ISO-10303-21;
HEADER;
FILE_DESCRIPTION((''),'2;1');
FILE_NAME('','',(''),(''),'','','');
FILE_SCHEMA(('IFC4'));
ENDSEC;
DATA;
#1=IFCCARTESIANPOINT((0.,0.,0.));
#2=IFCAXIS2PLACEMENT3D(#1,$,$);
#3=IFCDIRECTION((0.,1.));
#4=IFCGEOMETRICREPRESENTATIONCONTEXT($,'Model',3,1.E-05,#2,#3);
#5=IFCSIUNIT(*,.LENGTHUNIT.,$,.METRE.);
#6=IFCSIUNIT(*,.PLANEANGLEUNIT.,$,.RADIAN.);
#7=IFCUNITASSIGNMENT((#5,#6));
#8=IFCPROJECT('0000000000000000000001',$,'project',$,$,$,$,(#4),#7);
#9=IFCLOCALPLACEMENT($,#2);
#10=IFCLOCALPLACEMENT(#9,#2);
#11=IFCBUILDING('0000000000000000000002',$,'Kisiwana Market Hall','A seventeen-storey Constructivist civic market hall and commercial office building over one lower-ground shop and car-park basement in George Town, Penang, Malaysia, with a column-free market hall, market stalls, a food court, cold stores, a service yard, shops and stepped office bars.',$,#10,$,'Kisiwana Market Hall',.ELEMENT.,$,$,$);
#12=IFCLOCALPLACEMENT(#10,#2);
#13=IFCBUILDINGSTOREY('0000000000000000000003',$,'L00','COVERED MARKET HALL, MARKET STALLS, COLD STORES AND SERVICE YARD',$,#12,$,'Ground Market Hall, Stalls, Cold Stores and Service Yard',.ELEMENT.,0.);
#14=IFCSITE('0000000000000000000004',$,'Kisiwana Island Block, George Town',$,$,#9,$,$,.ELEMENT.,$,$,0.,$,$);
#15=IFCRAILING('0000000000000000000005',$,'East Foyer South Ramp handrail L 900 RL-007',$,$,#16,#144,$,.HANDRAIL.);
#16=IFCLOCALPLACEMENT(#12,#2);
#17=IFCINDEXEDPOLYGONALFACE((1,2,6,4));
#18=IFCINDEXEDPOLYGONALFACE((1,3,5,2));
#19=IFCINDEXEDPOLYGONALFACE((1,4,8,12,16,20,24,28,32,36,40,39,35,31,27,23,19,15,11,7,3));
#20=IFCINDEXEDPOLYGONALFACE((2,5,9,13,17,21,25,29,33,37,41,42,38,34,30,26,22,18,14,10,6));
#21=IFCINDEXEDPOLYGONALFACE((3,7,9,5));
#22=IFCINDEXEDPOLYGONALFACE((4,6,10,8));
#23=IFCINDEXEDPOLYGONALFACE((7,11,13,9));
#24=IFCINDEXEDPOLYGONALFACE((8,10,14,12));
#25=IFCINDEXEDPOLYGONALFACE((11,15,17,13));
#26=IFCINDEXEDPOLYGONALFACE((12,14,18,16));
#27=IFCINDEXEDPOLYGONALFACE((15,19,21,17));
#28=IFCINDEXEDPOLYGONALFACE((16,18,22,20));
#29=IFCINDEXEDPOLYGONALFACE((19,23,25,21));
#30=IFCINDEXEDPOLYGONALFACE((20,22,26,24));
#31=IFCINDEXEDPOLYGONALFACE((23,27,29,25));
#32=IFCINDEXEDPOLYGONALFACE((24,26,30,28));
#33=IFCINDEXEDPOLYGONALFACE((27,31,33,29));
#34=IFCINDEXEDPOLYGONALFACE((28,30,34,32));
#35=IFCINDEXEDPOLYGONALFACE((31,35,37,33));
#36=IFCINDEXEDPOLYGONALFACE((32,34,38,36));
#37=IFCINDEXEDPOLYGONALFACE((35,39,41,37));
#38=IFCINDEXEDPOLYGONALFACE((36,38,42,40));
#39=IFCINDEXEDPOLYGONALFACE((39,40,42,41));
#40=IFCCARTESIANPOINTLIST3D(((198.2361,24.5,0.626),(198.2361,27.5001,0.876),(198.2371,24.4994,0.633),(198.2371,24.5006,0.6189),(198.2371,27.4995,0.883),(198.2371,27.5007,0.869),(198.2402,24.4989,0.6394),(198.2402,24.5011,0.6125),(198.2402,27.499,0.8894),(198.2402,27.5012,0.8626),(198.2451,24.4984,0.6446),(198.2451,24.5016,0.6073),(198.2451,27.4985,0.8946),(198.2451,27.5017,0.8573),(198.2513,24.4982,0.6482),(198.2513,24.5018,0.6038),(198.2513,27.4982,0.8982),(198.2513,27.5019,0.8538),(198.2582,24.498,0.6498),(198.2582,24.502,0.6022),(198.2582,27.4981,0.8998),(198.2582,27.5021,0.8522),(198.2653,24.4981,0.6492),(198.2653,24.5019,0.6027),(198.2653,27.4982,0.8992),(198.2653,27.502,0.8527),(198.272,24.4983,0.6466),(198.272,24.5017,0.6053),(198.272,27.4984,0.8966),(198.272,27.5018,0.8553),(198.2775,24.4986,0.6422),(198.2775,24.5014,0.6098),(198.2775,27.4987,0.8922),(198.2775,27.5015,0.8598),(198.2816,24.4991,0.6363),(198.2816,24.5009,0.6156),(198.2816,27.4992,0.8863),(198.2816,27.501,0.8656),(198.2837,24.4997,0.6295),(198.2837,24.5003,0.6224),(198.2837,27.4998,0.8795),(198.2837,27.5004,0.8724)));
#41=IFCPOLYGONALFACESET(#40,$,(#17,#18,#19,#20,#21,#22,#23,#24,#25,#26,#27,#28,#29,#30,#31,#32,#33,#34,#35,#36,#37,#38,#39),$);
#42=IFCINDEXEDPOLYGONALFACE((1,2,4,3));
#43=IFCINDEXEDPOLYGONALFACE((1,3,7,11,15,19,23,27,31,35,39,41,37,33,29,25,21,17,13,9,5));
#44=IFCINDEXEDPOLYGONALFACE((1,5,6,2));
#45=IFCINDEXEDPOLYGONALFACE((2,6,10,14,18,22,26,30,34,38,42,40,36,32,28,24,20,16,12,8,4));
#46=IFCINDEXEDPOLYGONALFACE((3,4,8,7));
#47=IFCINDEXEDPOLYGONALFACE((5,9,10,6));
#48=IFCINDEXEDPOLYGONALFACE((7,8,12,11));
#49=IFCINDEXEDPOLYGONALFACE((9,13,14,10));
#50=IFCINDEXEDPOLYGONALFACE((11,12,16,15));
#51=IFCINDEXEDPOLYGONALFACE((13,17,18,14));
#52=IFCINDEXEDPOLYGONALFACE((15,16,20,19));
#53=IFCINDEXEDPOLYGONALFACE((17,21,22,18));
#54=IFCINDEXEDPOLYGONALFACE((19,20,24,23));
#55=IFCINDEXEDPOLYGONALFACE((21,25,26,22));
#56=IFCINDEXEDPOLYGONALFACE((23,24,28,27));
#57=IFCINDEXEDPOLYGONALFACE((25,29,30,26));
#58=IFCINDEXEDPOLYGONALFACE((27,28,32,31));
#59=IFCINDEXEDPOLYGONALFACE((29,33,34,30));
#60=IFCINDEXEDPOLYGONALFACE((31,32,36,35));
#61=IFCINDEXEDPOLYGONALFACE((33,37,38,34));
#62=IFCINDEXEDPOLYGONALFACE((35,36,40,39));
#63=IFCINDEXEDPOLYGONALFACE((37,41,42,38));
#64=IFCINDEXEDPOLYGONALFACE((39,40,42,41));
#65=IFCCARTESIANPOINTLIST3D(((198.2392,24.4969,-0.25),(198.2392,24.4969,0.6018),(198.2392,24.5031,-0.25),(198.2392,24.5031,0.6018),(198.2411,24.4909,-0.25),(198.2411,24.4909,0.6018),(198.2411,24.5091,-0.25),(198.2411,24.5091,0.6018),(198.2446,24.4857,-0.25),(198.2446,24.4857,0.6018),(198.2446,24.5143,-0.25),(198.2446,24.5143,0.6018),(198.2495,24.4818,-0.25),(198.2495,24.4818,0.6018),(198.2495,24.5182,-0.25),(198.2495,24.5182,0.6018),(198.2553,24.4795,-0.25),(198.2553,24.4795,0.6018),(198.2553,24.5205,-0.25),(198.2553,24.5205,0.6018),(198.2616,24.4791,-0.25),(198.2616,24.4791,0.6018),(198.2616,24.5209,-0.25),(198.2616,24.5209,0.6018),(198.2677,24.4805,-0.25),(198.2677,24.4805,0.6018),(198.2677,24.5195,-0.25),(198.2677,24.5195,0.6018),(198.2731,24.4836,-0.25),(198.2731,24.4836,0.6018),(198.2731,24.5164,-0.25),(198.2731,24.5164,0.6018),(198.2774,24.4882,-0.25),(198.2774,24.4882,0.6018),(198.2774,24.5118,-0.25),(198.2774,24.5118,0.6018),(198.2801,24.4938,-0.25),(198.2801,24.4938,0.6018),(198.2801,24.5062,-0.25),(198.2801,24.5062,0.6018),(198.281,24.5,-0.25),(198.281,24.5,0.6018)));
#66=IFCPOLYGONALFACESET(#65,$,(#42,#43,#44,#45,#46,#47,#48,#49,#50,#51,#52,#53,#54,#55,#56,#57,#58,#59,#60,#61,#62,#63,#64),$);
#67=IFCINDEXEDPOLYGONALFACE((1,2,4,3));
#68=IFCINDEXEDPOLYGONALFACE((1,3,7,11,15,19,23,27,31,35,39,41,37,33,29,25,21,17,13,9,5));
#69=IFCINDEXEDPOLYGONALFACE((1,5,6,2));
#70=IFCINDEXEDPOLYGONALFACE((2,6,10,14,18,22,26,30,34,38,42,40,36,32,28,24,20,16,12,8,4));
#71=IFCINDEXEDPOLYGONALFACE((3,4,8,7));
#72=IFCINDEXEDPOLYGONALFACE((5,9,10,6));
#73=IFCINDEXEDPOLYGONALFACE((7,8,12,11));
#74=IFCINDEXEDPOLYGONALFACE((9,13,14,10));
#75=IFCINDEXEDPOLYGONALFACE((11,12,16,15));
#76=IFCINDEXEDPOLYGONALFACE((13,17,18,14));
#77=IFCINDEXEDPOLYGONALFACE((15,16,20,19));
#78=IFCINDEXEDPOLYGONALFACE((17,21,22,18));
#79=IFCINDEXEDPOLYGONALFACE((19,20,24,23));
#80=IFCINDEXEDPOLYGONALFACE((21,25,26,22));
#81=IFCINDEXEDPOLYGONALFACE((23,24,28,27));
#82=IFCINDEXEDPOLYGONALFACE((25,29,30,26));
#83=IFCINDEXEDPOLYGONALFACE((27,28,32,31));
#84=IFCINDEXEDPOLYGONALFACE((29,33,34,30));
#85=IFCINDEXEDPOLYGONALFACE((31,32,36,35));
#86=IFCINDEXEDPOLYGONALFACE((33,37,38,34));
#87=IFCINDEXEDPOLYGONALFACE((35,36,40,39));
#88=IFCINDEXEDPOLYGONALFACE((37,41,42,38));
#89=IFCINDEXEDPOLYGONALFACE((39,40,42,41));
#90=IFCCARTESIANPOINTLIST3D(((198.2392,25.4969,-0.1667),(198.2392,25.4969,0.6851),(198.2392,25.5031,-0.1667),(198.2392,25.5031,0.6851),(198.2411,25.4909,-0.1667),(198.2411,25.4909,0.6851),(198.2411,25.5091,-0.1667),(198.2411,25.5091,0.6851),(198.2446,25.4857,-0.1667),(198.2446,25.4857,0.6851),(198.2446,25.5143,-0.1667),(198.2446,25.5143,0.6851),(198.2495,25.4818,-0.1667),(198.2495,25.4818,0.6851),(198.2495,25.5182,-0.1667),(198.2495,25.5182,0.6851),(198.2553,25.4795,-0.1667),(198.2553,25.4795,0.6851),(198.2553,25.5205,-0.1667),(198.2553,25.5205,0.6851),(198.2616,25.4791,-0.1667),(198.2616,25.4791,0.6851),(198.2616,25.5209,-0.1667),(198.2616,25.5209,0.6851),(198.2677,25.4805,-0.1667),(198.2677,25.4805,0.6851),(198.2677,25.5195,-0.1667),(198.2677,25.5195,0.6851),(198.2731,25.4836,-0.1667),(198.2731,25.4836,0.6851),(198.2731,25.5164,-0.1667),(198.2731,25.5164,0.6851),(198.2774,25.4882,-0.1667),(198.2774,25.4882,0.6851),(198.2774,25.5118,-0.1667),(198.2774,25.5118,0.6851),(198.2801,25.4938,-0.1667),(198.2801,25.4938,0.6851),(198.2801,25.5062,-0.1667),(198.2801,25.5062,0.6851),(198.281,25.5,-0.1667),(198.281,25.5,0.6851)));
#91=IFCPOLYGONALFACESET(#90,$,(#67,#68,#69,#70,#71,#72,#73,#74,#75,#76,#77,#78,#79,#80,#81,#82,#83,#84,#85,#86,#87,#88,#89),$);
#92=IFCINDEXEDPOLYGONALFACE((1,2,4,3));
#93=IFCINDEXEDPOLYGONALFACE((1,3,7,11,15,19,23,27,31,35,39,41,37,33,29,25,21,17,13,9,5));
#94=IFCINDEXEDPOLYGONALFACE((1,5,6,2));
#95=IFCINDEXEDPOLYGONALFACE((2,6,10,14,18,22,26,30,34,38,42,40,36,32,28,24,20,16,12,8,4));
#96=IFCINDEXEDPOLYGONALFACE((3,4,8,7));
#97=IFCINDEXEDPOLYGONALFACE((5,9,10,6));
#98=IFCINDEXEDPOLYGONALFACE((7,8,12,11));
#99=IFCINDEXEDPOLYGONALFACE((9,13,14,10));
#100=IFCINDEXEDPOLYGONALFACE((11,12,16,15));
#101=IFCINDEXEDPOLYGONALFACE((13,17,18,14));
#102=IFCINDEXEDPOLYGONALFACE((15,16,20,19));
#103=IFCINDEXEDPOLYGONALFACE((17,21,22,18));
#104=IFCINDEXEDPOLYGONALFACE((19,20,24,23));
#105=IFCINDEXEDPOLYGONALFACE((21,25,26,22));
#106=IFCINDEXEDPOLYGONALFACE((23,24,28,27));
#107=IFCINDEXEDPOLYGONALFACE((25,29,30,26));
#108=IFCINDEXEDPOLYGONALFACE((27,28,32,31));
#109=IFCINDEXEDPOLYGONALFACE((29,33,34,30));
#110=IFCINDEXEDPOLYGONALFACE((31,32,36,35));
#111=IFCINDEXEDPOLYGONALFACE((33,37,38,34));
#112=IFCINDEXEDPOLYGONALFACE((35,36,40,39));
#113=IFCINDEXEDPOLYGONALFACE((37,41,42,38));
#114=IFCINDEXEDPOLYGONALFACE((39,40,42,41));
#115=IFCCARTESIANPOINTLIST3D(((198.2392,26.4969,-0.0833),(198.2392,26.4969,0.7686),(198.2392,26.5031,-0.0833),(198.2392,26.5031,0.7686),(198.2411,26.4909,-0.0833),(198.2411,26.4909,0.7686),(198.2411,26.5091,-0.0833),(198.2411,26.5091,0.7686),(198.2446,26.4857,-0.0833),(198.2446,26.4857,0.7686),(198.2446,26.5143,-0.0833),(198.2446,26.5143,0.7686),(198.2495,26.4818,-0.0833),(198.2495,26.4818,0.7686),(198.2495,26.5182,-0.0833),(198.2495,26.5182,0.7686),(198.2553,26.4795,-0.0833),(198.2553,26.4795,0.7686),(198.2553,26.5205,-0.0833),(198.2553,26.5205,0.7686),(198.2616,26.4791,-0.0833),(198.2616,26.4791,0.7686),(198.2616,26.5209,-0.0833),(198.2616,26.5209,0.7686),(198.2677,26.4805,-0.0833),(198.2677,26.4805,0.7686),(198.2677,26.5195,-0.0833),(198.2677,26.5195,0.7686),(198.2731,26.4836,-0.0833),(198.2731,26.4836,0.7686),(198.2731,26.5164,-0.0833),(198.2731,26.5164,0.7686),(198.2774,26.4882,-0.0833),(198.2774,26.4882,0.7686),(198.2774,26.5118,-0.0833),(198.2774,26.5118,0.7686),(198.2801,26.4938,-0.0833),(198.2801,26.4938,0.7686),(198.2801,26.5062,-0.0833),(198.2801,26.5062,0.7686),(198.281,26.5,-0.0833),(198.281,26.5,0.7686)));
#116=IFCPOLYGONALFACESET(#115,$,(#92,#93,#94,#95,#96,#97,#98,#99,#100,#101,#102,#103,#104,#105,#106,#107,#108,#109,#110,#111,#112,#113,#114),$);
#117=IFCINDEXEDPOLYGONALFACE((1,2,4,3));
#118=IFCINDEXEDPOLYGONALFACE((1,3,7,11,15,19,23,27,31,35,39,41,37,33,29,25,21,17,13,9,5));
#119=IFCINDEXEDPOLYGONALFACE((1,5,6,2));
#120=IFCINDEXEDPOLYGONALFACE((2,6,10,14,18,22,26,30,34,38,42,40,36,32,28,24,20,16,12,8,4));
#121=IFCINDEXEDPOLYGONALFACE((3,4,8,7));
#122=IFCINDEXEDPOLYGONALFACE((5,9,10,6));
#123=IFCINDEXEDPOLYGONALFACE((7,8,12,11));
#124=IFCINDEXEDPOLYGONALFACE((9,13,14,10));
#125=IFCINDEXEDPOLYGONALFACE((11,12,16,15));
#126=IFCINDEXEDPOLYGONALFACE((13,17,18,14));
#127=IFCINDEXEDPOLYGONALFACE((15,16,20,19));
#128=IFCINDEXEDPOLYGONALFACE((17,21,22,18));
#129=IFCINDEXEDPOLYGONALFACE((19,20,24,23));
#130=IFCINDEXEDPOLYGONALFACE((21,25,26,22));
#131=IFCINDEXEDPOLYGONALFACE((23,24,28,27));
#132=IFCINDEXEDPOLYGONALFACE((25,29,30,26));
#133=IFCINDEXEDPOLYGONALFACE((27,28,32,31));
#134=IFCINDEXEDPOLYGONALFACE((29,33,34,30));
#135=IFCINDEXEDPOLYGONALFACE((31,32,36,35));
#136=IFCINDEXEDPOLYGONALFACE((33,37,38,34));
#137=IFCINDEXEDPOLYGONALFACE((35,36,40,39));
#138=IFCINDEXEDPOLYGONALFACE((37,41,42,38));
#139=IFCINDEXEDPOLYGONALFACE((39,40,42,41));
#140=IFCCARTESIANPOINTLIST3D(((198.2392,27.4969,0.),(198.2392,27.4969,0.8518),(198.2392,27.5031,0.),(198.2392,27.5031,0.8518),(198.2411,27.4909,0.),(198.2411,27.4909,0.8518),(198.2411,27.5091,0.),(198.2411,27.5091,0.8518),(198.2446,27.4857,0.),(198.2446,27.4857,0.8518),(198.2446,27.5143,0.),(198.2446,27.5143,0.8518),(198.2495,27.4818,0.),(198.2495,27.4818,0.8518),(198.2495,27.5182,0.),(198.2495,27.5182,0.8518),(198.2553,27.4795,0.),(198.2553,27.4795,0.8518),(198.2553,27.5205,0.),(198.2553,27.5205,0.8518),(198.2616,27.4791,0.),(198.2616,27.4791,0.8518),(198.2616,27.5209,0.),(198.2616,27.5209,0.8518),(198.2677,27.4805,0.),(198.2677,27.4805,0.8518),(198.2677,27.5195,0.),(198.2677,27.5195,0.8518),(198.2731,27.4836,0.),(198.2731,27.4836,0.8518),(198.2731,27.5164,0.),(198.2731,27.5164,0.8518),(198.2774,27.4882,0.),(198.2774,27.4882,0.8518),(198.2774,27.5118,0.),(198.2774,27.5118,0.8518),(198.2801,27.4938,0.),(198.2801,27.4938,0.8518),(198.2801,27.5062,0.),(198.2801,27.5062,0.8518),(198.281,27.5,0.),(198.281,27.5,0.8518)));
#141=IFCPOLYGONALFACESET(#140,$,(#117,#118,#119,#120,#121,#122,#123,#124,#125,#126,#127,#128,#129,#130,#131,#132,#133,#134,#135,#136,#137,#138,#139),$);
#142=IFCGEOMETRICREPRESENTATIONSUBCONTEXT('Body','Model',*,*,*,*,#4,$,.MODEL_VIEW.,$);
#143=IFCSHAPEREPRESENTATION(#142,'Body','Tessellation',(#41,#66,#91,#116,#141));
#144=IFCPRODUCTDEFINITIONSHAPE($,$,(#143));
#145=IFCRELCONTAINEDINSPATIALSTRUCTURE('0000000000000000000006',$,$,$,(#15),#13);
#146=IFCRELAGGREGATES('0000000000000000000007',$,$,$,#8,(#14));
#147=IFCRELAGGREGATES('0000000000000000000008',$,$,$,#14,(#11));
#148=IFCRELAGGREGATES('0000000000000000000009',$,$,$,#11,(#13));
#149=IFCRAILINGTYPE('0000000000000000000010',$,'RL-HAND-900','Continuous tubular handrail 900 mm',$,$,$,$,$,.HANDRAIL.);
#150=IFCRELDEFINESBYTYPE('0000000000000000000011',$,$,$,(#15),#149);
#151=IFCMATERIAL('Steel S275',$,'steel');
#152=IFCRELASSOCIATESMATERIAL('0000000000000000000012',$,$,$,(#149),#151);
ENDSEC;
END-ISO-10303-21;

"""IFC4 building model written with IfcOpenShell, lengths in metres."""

from ifc_helpers import new_model, si_unit, direction, frame, origin, origin_2d, place, context, subcontext, project, spatial, circle, extrude, material, type_object, element, save


model = new_model("IFC4")

# Units and contexts
model_context = context("Model", 3, precision=1e-05, world=origin(), true_north=direction((0.0, 1.0)))
body_context = subcontext(model_context, "Body", "Model", "MODEL_VIEW")
ifc_project = project(units=[si_unit("LENGTHUNIT", "METRE"), si_unit("PLANEANGLEUNIT", "RADIAN")], contexts=[model_context])

# Site, building, storey
site_placement = place(None, origin())
site = spatial("IfcSite", under=ifc_project, at=site_placement, Name="Kisiwana Island Block, George Town", CompositionType="ELEMENT", RefElevation=0.0)
building_placement = place(site_placement, origin())
building = spatial("IfcBuilding", under=site, at=building_placement, Name="Kisiwana Market Hall", Description="A seventeen-storey Constructivist civic market hall and commercial office building over one lower-ground shop and car-park basement in George Town, Penang, Malaysia, with a column-free market hall, market stalls, a food court, cold stores, a service yard, shops and stepped office bars.", LongName="Kisiwana Market Hall", CompositionType="ELEMENT")
storey_placement = place(building_placement, origin())
storey = spatial("IfcBuildingStorey", under=building, at=storey_placement, Name="L00", Description="COVERED MARKET HALL, MARKET STALLS, COLD STORES AND SERVICE YARD", LongName="Ground Market Hall, Stalls, Cold Stores and Service Yard", CompositionType="ELEMENT", Elevation=0.0)

# Railing
ifc_material_1 = material(Name="Steel S275", Category="steel")
railing_type = type_object("IfcRailingType", Name="RL-HAND-900", Description="Continuous tubular handrail 900 mm", PredefinedType="HANDRAIL", material=ifc_material_1)
for number, where, name in (
    (1, (198.26, 24.5, -0.25), "East Foyer South Ramp handrail L 900 RL-007"),
):
    element("IfcRailing", number, at=place(storey_placement, frame(where)), inside=storey, type_object=railing_type, Name=name, PredefinedType="HANDRAIL", context=body_context, shape_type="SweptSolid", body=[
        extrude(circle(Radius=0.0239, at=origin_2d()), frame((0.0, 0.0, 0.876), z_axis=(0.0, 0.996546, 0.083045), x_axis=(-1.0, 0.0, 0.0)), (0.0, 0.0, 1.0), 3.0105),
        extrude(circle(Radius=0.021, at=origin_2d()), origin(), (0.0, 0.0, 1.0), 0.8518),
        extrude(circle(Radius=0.021, at=origin_2d()), frame((0.0, 1.0, 0.0833)), (0.0, 0.0, 1.0), 0.8518),
        extrude(circle(Radius=0.021, at=origin_2d()), frame((0.0, 2.0, 0.1667)), (0.0, 0.0, 1.0), 0.8518),
        extrude(circle(Radius=0.021, at=origin_2d()), frame((0.0, 3.0, 0.25)), (0.0, 0.0, 1.0), 0.8518),
    ])

save(model, "model.ifc")
